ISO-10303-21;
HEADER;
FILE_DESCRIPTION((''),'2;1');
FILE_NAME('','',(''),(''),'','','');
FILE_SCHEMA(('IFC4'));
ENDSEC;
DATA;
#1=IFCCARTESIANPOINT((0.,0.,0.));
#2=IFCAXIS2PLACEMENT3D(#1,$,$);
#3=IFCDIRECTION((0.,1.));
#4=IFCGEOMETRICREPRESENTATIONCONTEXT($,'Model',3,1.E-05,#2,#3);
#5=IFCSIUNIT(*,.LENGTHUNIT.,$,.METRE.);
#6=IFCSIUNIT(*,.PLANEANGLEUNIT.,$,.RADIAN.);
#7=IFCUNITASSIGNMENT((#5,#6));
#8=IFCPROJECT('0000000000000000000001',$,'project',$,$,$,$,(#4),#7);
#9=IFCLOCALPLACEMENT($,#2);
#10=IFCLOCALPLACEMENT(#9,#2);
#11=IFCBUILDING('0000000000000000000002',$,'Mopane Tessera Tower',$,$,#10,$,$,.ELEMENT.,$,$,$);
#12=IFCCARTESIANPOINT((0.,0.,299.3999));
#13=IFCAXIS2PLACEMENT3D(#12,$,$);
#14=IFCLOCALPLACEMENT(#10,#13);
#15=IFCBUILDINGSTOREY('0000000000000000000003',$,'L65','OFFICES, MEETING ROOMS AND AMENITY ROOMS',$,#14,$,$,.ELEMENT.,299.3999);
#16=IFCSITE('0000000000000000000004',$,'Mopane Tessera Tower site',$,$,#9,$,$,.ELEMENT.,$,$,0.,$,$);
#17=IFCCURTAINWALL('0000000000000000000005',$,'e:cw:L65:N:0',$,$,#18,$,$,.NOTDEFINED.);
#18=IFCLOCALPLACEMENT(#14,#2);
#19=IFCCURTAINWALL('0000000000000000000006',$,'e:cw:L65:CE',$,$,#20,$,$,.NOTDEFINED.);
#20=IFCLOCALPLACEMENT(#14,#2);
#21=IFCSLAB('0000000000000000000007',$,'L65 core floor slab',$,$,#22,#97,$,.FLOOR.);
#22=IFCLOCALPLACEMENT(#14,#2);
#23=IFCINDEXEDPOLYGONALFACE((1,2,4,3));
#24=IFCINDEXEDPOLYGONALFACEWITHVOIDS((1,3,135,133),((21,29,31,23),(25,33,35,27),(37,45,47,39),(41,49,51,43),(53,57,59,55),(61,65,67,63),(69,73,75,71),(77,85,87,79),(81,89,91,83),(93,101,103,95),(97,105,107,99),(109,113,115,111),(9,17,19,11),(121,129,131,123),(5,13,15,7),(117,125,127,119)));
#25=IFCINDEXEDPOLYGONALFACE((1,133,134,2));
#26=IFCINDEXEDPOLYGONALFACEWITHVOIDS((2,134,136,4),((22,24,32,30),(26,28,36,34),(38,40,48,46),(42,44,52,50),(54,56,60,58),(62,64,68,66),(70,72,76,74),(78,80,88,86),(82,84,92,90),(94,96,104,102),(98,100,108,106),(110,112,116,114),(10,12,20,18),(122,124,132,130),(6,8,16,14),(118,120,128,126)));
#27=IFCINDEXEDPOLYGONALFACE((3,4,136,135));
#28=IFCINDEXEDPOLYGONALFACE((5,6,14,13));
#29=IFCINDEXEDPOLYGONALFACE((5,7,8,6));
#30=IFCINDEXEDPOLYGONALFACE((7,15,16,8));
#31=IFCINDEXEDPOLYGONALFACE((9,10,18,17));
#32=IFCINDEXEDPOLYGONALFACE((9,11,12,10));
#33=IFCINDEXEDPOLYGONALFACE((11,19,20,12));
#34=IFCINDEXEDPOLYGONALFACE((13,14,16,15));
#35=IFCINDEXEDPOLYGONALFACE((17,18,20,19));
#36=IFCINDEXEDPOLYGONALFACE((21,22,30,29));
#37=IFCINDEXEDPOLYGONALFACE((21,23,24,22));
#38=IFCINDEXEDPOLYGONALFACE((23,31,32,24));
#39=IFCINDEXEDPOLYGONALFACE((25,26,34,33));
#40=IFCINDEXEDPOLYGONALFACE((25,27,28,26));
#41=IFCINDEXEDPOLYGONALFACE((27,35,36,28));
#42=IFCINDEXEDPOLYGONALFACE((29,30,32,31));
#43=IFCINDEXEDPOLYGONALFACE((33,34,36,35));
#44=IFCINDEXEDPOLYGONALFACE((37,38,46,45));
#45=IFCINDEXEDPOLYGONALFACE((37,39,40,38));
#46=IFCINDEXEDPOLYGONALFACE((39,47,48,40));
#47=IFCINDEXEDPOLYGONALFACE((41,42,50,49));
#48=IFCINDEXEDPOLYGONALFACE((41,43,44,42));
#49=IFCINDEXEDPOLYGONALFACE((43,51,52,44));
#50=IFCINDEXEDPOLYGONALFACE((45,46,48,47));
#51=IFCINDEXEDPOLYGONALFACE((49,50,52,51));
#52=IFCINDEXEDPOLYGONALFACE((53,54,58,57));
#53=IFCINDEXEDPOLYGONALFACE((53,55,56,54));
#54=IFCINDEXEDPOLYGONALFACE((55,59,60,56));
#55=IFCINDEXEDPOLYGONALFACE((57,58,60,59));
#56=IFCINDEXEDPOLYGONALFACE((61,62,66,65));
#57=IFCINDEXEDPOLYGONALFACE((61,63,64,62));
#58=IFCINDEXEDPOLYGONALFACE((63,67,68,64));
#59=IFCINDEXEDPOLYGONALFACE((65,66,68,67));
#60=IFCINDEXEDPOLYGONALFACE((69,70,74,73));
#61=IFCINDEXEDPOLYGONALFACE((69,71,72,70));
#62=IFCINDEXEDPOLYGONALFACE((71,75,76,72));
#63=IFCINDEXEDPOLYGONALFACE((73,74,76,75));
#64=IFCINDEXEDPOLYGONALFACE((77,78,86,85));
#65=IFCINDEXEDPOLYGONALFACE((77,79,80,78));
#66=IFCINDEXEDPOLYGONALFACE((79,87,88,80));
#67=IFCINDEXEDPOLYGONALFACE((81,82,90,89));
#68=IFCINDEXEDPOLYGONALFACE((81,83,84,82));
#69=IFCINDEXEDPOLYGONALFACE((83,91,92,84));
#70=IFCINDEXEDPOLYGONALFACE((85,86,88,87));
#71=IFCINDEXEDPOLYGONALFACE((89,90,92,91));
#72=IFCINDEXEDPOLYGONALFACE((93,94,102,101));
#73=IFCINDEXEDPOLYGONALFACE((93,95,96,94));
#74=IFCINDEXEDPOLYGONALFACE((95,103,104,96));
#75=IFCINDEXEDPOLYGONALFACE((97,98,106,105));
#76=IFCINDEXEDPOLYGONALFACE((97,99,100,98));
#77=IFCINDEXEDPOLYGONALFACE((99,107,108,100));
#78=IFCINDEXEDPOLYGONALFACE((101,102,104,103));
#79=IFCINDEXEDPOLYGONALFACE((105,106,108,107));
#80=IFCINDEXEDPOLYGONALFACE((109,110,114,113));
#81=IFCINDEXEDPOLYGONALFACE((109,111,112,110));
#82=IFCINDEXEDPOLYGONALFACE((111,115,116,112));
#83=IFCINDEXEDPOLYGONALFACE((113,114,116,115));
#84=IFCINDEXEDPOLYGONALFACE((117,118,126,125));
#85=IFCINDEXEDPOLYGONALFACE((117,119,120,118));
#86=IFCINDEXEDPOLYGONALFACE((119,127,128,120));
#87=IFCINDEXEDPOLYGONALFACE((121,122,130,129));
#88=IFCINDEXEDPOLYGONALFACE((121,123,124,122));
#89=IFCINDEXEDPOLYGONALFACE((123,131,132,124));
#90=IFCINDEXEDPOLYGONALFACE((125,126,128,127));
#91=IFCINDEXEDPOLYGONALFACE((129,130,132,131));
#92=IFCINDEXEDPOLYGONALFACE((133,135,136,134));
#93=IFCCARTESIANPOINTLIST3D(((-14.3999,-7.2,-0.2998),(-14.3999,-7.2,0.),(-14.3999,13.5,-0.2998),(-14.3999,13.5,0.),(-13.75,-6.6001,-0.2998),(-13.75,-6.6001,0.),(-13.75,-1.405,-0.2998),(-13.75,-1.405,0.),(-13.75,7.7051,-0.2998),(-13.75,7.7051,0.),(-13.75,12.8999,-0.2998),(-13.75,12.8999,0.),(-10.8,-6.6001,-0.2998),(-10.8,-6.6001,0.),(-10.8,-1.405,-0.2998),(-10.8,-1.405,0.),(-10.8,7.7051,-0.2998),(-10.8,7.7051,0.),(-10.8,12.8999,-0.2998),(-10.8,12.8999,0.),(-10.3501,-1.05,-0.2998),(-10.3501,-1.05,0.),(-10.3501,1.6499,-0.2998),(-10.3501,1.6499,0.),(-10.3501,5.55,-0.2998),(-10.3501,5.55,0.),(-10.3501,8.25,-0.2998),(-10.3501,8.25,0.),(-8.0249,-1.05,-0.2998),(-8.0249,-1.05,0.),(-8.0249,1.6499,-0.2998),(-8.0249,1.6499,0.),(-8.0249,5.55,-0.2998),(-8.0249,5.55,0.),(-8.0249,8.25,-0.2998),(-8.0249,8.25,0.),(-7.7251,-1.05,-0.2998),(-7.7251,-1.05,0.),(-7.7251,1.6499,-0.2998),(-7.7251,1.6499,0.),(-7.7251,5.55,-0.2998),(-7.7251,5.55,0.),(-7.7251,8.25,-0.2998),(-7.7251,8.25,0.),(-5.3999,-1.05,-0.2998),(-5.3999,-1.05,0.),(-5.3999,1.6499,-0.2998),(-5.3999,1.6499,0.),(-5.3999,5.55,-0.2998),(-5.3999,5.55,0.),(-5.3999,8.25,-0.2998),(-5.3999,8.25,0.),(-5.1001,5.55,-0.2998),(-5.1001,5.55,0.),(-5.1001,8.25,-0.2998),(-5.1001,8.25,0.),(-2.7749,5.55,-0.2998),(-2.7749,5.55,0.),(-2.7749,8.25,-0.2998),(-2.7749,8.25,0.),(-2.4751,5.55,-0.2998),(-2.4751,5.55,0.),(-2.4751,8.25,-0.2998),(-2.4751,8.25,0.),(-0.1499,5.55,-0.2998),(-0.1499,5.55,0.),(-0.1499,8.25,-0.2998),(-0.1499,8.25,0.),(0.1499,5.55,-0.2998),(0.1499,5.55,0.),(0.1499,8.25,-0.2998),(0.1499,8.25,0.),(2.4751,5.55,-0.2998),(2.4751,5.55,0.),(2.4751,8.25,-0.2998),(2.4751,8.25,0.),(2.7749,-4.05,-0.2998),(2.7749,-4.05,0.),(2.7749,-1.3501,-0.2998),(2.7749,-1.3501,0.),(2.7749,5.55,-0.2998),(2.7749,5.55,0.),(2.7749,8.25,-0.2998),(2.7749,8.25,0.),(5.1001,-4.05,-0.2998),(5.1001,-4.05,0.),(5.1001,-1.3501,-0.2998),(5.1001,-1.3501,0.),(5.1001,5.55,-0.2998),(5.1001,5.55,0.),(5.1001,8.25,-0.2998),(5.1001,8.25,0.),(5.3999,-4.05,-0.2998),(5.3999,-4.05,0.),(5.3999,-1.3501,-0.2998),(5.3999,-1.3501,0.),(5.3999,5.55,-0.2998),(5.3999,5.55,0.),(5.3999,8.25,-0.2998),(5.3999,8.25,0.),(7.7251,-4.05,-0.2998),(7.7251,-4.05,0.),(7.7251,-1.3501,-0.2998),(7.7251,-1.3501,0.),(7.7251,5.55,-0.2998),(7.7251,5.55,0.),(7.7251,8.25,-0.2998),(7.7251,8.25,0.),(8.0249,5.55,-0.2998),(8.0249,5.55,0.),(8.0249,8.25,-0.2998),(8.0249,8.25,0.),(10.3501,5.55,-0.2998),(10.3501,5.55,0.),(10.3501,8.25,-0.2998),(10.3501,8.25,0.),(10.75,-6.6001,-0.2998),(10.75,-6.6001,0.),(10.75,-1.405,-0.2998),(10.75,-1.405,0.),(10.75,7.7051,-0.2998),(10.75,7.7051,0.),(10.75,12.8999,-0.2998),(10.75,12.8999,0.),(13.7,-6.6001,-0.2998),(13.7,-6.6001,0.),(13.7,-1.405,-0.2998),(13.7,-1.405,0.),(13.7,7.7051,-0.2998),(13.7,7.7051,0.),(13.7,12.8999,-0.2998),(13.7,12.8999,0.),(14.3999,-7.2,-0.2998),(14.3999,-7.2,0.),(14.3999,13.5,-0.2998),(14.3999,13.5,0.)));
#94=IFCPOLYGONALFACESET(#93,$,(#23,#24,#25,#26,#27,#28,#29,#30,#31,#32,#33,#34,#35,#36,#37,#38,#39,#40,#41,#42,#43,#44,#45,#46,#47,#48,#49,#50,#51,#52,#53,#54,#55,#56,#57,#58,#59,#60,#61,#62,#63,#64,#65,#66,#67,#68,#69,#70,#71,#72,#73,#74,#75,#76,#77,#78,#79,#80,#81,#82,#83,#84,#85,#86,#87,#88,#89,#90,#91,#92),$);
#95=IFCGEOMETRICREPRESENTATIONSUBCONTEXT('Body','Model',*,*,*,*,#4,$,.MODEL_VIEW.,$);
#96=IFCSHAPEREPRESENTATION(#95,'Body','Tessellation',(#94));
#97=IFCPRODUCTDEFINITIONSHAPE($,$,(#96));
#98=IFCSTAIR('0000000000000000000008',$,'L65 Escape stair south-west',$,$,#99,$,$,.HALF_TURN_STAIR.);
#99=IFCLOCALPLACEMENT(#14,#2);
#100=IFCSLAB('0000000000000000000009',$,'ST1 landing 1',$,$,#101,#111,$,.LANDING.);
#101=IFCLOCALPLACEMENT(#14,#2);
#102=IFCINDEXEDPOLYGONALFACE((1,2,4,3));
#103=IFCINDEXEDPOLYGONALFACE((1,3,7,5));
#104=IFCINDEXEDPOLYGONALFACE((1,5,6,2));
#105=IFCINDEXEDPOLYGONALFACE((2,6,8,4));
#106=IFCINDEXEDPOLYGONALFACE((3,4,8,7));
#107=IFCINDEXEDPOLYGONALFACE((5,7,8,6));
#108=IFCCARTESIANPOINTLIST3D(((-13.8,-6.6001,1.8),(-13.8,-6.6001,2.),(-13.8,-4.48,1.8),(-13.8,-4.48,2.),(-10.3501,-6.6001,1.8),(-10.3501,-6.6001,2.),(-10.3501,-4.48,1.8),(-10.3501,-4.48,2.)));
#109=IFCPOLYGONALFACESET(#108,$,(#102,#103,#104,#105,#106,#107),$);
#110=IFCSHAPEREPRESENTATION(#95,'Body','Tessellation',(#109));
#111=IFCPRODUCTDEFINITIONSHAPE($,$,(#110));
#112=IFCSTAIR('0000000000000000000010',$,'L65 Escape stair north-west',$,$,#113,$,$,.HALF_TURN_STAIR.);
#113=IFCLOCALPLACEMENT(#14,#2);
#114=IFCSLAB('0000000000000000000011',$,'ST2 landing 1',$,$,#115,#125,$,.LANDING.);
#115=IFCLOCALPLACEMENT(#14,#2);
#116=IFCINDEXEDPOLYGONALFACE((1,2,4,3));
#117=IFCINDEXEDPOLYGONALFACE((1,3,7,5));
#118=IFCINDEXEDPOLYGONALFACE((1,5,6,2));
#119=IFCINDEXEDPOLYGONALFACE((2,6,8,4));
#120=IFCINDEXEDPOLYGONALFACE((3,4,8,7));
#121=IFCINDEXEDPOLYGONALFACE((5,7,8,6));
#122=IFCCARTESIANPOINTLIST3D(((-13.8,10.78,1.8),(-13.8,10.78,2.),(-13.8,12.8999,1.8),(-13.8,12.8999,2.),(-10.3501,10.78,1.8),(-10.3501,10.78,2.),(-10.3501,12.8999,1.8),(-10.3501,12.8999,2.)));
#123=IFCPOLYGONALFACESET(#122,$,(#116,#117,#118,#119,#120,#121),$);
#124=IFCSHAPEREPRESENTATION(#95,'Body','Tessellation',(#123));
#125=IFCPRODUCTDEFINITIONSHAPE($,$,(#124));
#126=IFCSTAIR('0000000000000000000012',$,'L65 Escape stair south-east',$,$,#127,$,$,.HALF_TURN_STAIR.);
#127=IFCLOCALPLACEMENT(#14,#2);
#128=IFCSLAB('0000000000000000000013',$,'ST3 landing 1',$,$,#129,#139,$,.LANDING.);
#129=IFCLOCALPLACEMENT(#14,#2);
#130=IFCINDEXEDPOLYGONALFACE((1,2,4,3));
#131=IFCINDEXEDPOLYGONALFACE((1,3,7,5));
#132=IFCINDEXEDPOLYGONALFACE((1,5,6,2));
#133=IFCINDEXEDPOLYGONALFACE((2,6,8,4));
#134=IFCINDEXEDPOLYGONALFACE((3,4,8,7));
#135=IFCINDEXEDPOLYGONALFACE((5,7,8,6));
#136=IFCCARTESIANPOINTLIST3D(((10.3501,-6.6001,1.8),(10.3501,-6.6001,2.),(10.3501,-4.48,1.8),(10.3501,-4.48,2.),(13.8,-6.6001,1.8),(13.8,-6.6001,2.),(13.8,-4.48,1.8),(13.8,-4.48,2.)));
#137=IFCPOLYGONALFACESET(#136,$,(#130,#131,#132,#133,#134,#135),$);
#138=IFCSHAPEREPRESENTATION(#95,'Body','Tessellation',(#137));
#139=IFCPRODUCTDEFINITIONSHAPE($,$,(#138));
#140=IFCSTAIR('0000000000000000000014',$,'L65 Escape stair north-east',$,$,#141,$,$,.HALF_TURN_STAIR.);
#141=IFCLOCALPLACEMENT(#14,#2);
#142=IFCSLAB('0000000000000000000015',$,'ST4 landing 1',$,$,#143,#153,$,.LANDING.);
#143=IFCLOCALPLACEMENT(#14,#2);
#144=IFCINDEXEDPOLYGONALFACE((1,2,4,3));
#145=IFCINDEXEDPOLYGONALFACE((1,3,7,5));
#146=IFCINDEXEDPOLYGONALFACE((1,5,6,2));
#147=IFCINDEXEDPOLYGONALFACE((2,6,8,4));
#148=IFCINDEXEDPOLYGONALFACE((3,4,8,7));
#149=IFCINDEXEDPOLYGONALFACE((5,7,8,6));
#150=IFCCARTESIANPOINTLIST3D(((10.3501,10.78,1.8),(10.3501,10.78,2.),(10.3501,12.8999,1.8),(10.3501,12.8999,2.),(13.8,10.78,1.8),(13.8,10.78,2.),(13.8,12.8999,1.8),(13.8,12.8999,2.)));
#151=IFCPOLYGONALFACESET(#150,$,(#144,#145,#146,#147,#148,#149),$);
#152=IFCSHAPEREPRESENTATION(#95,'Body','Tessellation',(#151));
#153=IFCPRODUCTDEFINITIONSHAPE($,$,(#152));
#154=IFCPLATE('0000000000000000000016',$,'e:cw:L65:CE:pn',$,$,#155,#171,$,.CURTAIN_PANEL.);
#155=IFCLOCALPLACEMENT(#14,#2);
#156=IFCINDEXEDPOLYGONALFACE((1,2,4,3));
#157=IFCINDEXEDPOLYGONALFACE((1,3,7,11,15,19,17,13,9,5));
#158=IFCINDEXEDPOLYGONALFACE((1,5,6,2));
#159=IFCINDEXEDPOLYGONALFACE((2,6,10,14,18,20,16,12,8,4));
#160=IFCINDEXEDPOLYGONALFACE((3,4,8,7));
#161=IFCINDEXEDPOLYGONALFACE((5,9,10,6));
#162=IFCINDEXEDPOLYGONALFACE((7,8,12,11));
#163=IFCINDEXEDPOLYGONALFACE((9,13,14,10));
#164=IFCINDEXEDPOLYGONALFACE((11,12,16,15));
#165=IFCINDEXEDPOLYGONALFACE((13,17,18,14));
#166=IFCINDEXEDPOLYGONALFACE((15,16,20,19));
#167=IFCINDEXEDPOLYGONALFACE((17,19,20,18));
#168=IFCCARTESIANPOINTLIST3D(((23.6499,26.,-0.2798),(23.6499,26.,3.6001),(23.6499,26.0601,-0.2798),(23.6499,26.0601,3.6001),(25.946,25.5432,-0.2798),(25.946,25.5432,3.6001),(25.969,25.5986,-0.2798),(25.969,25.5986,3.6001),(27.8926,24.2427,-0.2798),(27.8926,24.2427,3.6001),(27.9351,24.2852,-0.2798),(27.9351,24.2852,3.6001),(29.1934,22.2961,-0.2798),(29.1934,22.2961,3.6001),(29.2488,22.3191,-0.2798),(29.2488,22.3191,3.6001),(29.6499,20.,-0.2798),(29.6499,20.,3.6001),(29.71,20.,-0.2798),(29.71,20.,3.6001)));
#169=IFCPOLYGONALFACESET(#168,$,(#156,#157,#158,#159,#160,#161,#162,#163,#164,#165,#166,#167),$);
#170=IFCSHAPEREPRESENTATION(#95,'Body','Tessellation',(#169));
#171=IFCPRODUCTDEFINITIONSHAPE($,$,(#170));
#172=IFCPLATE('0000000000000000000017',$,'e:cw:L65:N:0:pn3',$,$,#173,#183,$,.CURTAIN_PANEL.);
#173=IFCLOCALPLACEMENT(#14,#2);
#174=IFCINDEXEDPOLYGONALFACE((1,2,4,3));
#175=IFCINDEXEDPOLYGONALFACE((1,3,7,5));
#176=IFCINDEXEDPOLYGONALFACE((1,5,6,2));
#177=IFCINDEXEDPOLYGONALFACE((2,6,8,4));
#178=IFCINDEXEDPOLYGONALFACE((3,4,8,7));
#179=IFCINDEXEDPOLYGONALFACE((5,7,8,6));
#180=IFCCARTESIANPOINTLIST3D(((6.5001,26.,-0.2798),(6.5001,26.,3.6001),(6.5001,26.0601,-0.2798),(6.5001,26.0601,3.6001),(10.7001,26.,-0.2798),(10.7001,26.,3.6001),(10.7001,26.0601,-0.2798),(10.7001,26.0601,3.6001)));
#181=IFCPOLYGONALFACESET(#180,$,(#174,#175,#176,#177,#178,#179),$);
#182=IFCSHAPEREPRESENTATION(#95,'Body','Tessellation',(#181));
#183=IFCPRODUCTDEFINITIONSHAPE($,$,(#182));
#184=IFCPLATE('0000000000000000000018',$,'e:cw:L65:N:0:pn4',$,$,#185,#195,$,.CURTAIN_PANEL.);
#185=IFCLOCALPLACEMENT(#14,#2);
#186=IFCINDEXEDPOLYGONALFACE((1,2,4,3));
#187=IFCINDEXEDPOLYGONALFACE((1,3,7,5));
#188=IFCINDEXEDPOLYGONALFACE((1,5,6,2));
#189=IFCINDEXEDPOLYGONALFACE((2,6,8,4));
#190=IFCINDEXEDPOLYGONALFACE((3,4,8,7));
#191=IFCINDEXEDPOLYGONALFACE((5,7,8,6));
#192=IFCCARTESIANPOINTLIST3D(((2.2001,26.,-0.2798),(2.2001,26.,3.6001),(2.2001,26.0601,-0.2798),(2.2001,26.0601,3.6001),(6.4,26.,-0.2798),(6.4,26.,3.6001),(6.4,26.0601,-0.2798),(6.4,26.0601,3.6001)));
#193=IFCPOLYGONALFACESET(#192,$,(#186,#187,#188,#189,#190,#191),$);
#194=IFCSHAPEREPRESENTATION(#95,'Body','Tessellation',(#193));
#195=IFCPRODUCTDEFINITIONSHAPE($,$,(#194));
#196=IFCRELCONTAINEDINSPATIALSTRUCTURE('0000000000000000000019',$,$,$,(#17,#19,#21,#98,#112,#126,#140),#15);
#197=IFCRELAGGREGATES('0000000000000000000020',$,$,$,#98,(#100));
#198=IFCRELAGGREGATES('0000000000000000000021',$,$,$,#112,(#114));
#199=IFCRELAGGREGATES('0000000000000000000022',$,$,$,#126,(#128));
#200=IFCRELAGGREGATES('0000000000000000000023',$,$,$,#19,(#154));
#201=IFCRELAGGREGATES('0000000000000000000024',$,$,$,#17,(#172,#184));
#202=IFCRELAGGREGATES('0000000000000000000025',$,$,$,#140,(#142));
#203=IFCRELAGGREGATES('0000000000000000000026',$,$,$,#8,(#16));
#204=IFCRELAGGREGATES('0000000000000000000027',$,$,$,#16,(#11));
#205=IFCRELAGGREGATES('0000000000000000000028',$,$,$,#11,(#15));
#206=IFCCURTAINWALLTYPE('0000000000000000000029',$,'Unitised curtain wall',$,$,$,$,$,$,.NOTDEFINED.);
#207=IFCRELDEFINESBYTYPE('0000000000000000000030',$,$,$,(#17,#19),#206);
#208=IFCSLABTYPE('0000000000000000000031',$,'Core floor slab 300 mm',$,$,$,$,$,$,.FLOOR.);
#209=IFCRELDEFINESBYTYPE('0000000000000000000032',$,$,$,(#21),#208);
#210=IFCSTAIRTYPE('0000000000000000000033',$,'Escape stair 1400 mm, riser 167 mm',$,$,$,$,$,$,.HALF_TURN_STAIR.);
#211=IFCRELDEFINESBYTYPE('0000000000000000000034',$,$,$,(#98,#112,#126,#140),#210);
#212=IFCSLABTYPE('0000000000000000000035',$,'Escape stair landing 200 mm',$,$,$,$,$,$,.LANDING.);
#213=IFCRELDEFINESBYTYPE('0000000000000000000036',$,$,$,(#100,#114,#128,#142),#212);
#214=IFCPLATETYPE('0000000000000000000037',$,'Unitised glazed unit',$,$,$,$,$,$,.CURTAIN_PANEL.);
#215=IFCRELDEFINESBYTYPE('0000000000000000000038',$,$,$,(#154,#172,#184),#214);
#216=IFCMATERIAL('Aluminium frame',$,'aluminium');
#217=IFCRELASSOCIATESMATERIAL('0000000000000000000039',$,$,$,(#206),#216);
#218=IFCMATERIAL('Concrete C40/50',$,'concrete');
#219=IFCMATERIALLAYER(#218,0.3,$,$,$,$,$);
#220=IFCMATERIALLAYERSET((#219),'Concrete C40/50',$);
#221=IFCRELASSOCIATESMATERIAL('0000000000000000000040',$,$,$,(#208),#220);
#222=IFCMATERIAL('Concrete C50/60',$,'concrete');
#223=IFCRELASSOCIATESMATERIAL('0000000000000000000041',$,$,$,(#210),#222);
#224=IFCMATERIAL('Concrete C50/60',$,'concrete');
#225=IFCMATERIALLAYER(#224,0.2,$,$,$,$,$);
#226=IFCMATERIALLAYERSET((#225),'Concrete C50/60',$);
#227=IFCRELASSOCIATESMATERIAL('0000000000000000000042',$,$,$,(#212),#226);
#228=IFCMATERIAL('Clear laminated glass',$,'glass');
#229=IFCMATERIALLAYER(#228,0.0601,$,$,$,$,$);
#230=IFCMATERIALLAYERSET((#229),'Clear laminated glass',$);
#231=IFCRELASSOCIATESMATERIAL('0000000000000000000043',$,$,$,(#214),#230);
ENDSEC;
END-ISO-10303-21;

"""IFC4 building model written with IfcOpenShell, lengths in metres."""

from ifc_helpers import new_model, si_unit, direction, frame, origin, origin_2d, place, context, subcontext, project, spatial, polyline, rectangle, outline, extrude, material, layer, layer_set, type_object, element, aggregate, save


model = new_model("IFC4")

# Units and contexts
model_context = context("Model", 3, precision=1e-05, world=origin(), true_north=direction((0.0, 1.0)))
body_context = subcontext(model_context, "Body", "Model", "MODEL_VIEW")
ifc_project = project(units=[si_unit("LENGTHUNIT", "METRE"), si_unit("PLANEANGLEUNIT", "RADIAN")], contexts=[model_context])

# Site, building, storey
site_placement = place(None, origin())
site = spatial("IfcSite", under=ifc_project, at=site_placement, Name="Mopane Tessera Tower site", CompositionType="ELEMENT", RefElevation=0.0)
building_placement = place(site_placement, origin())
building = spatial("IfcBuilding", under=site, at=building_placement, Name="Mopane Tessera Tower", CompositionType="ELEMENT")
storey_placement = place(building_placement, frame((0.0, 0.0, 299.3999)))
storey = spatial("IfcBuildingStorey", under=building, at=storey_placement, Name="L65", Description="OFFICES, MEETING ROOMS AND AMENITY ROOMS", CompositionType="ELEMENT", Elevation=299.3999)

# Curtain wall
ifc_material_1 = material(Name="Aluminium frame", Category="aluminium")
curtain_wall_type = type_object("IfcCurtainWallType", Name="Unitised curtain wall", PredefinedType="NOTDEFINED", material=ifc_material_1)
curtain_wall_1_placement = place(storey_placement, origin())
curtain_wall_1 = element("IfcCurtainWall", 1, at=curtain_wall_1_placement, inside=storey, type_object=curtain_wall_type, Name="e:cw:L65:N:0", PredefinedType="NOTDEFINED")

# Curtain wall
curtain_wall_2_placement = place(storey_placement, origin())
curtain_wall_2 = element("IfcCurtainWall", 2, at=curtain_wall_2_placement, inside=storey, type_object=curtain_wall_type, Name="e:cw:L65:CE", PredefinedType="NOTDEFINED")

# Slab
ifc_material_2 = material(Name="Concrete C40/50", Category="concrete")
ifc_layer_1 = layer(ifc_material_2, 0.3)
ifc_layer_set_1 = layer_set([ifc_layer_1], Name="Concrete C40/50")
slab_type_1 = type_object("IfcSlabType", Name="Core floor slab 300 mm", PredefinedType="FLOOR", material=ifc_layer_set_1)
slab_1_placement = place(storey_placement, frame((0.0, 0.0, -0.2998)))
element("IfcSlab", 3, at=slab_1_placement, inside=storey, type_object=slab_type_1, Name="L65 core floor slab", PredefinedType="FLOOR", context=body_context, shape_type="SweptSolid", body=[
    extrude(outline(polyline([(-14.3999, -7.2), (14.3999, -7.2), (14.3999, 13.5), (-14.3999, 13.5), (-14.3999, -7.2)]), holes=[polyline([(-10.3501, -1.05), (-8.0249, -1.05), (-8.0249, 1.6499), (-10.3501, 1.6499), (-10.3501, -1.05)]), polyline([(-7.7251, -1.05), (-5.3999, -1.05), (-5.3999, 1.6499), (-7.7251, 1.6499), (-7.7251, -1.05)]), polyline([(-10.3501, 5.55), (-8.0249, 5.55), (-8.0249, 8.25), (-10.3501, 8.25), (-10.3501, 5.55)]), polyline([(-7.7251, 5.55), (-5.3999, 5.55), (-5.3999, 8.25), (-7.7251, 8.25), (-7.7251, 5.55)]), polyline([(-5.1001, 5.55), (-2.7749, 5.55), (-2.7749, 8.25), (-5.1001, 8.25), (-5.1001, 5.55)]), polyline([(-2.4751, 5.55), (-0.1499, 5.55), (-0.1499, 8.25), (-2.4751, 8.25), (-2.4751, 5.55)]), polyline([(0.1499, 5.55), (2.4751, 5.55), (2.4751, 8.25), (0.1499, 8.25), (0.1499, 5.55)]), polyline([(2.7749, 5.55), (5.1001, 5.55), (5.1001, 8.25), (2.7749, 8.25), (2.7749, 5.55)]), polyline([(5.3999, 5.55), (7.7251, 5.55), (7.7251, 8.25), (5.3999, 8.25), (5.3999, 5.55)]), polyline([(8.0249, 5.55), (10.3501, 5.55), (10.3501, 8.25), (8.0249, 8.25), (8.0249, 5.55)]), polyline([(2.7749, -4.05), (5.1001, -4.05), (5.1001, -1.3501), (2.7749, -1.3501), (2.7749, -4.05)]), polyline([(5.3999, -4.05), (7.7251, -4.05), (7.7251, -1.3501), (5.3999, -1.3501), (5.3999, -4.05)]), polyline([(-13.75, -1.405), (-13.75, -6.6001), (-10.8, -6.6001), (-10.8, -1.405), (-13.75, -1.405)]), polyline([(-10.8, 7.7051), (-10.8, 12.8999), (-13.75, 12.8999), (-13.75, 7.7051), (-10.8, 7.7051)]), polyline([(10.75, -1.405), (10.75, -6.6001), (13.7, -6.6001), (13.7, -1.405), (10.75, -1.405)]), polyline([(13.7, 7.7051), (13.7, 12.8999), (10.75, 12.8999), (10.75, 7.7051), (13.7, 7.7051)])]), origin(), (0.0, 0.0, 1.0), 0.2998),
])

# Stairs, slabs
ifc_material_3 = material(Name="Concrete C50/60", Category="concrete")
stair_type = type_object("IfcStairType", Name="Escape stair 1400 mm, riser 167 mm", PredefinedType="HALF_TURN_STAIR", material=ifc_material_3)
stair_1_placement = place(storey_placement, origin())
stair_1 = element("IfcStair", 4, at=stair_1_placement, inside=storey, type_object=stair_type, Name="L65 Escape stair south-west", PredefinedType="HALF_TURN_STAIR")
ifc_material_4 = material(Name="Concrete C50/60", Category="concrete")
ifc_layer_2 = layer(ifc_material_4, 0.2)
ifc_layer_set_2 = layer_set([ifc_layer_2], Name="Concrete C50/60")
slab_type_2 = type_object("IfcSlabType", Name="Escape stair landing 200 mm", PredefinedType="LANDING", material=ifc_layer_set_2)
slab_2_placement = place(storey_placement, frame((0.0, 0.0, 1.8)))
slab_2 = element("IfcSlab", 5, at=slab_2_placement, type_object=slab_type_2, Name="ST1 landing 1", PredefinedType="LANDING", context=body_context, shape_type="SweptSolid", body=[
    extrude(outline(polyline([(-13.8, -4.48), (-13.8, -6.6001), (-10.3501, -6.6001), (-10.3501, -4.48), (-13.8, -4.48)])), origin(), (0.0, 0.0, 1.0), 0.2),
])
aggregate(stair_1, [slab_2])
stair_2_placement = place(storey_placement, origin())
stair_2 = element("IfcStair", 6, at=stair_2_placement, inside=storey, type_object=stair_type, Name="L65 Escape stair north-west", PredefinedType="HALF_TURN_STAIR")
slab_3_placement = place(storey_placement, frame((0.0, 0.0, 1.8)))
slab_3 = element("IfcSlab", 7, at=slab_3_placement, type_object=slab_type_2, Name="ST2 landing 1", PredefinedType="LANDING", context=body_context, shape_type="SweptSolid", body=[
    extrude(outline(polyline([(-10.3501, 10.78), (-10.3501, 12.8999), (-13.8, 12.8999), (-13.8, 10.78), (-10.3501, 10.78)])), origin(), (0.0, 0.0, 1.0), 0.2),
])
aggregate(stair_2, [slab_3])
stair_3_placement = place(storey_placement, origin())
stair_3 = element("IfcStair", 8, at=stair_3_placement, inside=storey, type_object=stair_type, Name="L65 Escape stair south-east", PredefinedType="HALF_TURN_STAIR")
slab_4_placement = place(storey_placement, frame((0.0, 0.0, 1.8)))
slab_4 = element("IfcSlab", 9, at=slab_4_placement, type_object=slab_type_2, Name="ST3 landing 1", PredefinedType="LANDING", context=body_context, shape_type="SweptSolid", body=[
    extrude(outline(polyline([(10.3501, -4.48), (10.3501, -6.6001), (13.8, -6.6001), (13.8, -4.48), (10.3501, -4.48)])), origin(), (0.0, 0.0, 1.0), 0.2),
])
aggregate(stair_3, [slab_4])
stair_4_placement = place(storey_placement, origin())
stair_4 = element("IfcStair", 10, at=stair_4_placement, inside=storey, type_object=stair_type, Name="L65 Escape stair north-east", PredefinedType="HALF_TURN_STAIR")
slab_5_placement = place(storey_placement, frame((0.0, 0.0, 1.8)))
slab_5 = element("IfcSlab", 11, at=slab_5_placement, type_object=slab_type_2, Name="ST4 landing 1", PredefinedType="LANDING", context=body_context, shape_type="SweptSolid", body=[
    extrude(outline(polyline([(13.8, 10.78), (13.8, 12.8999), (10.3501, 12.8999), (10.3501, 10.78), (13.8, 10.78)])), origin(), (0.0, 0.0, 1.0), 0.2),
])

# Plates
ifc_material_5 = material(Name="Clear laminated glass", Category="glass")
ifc_layer_3 = layer(ifc_material_5, 0.0601)
ifc_layer_set_3 = layer_set([ifc_layer_3], Name="Clear laminated glass")
plate_type = type_object("IfcPlateType", Name="Unitised glazed unit", PredefinedType="CURTAIN_PANEL", material=ifc_layer_set_3)
plate_1_placement = place(storey_placement, frame((0.0, 0.0, -0.2798)))
plate_1 = element("IfcPlate", 12, at=plate_1_placement, type_object=plate_type, Name="e:cw:L65:CE:pn", PredefinedType="CURTAIN_PANEL", context=body_context, shape_type="SweptSolid", body=[
    extrude(outline(polyline([(29.6499, 20.0), (29.1934, 22.2961), (27.8926, 24.2427), (25.946, 25.5432), (23.6499, 26.0), (23.6499, 26.0601), (25.969, 25.5986), (27.9351, 24.2852), (29.2488, 22.3191), (29.71, 20.0), (29.6499, 20.0)])), origin(), (0.0, 0.0, 1.0), 3.8799),
])
aggregate(curtain_wall_2, [plate_1])
plate_2_placement = place(storey_placement, frame((8.6001, 26.03, -0.2798), z_axis=(0.0, 0.0, 1.0), x_axis=(-1.0, 0.0, 0.0)))
plate_2 = element("IfcPlate", 13, at=plate_2_placement, type_object=plate_type, Name="e:cw:L65:N:0:pn3", PredefinedType="CURTAIN_PANEL", context=body_context, shape_type="SweptSolid", body=[
    extrude(rectangle(XDim=4.2, YDim=0.0601, at=origin_2d()), origin(), (0.0, 0.0, 1.0), 3.8799),
])
plate_3_placement = place(storey_placement, frame((4.3, 26.03, -0.2798), z_axis=(0.0, 0.0, 1.0), x_axis=(-1.0, 0.0, 0.0)))
plate_3 = element("IfcPlate", 14, at=plate_3_placement, type_object=plate_type, Name="e:cw:L65:N:0:pn4", PredefinedType="CURTAIN_PANEL", context=body_context, shape_type="SweptSolid", body=[
    extrude(rectangle(XDim=4.2, YDim=0.0601, at=origin_2d()), origin(), (0.0, 0.0, 1.0), 3.8799),
])
aggregate(curtain_wall_1, [plate_2, plate_3])

aggregate(stair_4, [slab_5])

save(model, "model.ifc")
